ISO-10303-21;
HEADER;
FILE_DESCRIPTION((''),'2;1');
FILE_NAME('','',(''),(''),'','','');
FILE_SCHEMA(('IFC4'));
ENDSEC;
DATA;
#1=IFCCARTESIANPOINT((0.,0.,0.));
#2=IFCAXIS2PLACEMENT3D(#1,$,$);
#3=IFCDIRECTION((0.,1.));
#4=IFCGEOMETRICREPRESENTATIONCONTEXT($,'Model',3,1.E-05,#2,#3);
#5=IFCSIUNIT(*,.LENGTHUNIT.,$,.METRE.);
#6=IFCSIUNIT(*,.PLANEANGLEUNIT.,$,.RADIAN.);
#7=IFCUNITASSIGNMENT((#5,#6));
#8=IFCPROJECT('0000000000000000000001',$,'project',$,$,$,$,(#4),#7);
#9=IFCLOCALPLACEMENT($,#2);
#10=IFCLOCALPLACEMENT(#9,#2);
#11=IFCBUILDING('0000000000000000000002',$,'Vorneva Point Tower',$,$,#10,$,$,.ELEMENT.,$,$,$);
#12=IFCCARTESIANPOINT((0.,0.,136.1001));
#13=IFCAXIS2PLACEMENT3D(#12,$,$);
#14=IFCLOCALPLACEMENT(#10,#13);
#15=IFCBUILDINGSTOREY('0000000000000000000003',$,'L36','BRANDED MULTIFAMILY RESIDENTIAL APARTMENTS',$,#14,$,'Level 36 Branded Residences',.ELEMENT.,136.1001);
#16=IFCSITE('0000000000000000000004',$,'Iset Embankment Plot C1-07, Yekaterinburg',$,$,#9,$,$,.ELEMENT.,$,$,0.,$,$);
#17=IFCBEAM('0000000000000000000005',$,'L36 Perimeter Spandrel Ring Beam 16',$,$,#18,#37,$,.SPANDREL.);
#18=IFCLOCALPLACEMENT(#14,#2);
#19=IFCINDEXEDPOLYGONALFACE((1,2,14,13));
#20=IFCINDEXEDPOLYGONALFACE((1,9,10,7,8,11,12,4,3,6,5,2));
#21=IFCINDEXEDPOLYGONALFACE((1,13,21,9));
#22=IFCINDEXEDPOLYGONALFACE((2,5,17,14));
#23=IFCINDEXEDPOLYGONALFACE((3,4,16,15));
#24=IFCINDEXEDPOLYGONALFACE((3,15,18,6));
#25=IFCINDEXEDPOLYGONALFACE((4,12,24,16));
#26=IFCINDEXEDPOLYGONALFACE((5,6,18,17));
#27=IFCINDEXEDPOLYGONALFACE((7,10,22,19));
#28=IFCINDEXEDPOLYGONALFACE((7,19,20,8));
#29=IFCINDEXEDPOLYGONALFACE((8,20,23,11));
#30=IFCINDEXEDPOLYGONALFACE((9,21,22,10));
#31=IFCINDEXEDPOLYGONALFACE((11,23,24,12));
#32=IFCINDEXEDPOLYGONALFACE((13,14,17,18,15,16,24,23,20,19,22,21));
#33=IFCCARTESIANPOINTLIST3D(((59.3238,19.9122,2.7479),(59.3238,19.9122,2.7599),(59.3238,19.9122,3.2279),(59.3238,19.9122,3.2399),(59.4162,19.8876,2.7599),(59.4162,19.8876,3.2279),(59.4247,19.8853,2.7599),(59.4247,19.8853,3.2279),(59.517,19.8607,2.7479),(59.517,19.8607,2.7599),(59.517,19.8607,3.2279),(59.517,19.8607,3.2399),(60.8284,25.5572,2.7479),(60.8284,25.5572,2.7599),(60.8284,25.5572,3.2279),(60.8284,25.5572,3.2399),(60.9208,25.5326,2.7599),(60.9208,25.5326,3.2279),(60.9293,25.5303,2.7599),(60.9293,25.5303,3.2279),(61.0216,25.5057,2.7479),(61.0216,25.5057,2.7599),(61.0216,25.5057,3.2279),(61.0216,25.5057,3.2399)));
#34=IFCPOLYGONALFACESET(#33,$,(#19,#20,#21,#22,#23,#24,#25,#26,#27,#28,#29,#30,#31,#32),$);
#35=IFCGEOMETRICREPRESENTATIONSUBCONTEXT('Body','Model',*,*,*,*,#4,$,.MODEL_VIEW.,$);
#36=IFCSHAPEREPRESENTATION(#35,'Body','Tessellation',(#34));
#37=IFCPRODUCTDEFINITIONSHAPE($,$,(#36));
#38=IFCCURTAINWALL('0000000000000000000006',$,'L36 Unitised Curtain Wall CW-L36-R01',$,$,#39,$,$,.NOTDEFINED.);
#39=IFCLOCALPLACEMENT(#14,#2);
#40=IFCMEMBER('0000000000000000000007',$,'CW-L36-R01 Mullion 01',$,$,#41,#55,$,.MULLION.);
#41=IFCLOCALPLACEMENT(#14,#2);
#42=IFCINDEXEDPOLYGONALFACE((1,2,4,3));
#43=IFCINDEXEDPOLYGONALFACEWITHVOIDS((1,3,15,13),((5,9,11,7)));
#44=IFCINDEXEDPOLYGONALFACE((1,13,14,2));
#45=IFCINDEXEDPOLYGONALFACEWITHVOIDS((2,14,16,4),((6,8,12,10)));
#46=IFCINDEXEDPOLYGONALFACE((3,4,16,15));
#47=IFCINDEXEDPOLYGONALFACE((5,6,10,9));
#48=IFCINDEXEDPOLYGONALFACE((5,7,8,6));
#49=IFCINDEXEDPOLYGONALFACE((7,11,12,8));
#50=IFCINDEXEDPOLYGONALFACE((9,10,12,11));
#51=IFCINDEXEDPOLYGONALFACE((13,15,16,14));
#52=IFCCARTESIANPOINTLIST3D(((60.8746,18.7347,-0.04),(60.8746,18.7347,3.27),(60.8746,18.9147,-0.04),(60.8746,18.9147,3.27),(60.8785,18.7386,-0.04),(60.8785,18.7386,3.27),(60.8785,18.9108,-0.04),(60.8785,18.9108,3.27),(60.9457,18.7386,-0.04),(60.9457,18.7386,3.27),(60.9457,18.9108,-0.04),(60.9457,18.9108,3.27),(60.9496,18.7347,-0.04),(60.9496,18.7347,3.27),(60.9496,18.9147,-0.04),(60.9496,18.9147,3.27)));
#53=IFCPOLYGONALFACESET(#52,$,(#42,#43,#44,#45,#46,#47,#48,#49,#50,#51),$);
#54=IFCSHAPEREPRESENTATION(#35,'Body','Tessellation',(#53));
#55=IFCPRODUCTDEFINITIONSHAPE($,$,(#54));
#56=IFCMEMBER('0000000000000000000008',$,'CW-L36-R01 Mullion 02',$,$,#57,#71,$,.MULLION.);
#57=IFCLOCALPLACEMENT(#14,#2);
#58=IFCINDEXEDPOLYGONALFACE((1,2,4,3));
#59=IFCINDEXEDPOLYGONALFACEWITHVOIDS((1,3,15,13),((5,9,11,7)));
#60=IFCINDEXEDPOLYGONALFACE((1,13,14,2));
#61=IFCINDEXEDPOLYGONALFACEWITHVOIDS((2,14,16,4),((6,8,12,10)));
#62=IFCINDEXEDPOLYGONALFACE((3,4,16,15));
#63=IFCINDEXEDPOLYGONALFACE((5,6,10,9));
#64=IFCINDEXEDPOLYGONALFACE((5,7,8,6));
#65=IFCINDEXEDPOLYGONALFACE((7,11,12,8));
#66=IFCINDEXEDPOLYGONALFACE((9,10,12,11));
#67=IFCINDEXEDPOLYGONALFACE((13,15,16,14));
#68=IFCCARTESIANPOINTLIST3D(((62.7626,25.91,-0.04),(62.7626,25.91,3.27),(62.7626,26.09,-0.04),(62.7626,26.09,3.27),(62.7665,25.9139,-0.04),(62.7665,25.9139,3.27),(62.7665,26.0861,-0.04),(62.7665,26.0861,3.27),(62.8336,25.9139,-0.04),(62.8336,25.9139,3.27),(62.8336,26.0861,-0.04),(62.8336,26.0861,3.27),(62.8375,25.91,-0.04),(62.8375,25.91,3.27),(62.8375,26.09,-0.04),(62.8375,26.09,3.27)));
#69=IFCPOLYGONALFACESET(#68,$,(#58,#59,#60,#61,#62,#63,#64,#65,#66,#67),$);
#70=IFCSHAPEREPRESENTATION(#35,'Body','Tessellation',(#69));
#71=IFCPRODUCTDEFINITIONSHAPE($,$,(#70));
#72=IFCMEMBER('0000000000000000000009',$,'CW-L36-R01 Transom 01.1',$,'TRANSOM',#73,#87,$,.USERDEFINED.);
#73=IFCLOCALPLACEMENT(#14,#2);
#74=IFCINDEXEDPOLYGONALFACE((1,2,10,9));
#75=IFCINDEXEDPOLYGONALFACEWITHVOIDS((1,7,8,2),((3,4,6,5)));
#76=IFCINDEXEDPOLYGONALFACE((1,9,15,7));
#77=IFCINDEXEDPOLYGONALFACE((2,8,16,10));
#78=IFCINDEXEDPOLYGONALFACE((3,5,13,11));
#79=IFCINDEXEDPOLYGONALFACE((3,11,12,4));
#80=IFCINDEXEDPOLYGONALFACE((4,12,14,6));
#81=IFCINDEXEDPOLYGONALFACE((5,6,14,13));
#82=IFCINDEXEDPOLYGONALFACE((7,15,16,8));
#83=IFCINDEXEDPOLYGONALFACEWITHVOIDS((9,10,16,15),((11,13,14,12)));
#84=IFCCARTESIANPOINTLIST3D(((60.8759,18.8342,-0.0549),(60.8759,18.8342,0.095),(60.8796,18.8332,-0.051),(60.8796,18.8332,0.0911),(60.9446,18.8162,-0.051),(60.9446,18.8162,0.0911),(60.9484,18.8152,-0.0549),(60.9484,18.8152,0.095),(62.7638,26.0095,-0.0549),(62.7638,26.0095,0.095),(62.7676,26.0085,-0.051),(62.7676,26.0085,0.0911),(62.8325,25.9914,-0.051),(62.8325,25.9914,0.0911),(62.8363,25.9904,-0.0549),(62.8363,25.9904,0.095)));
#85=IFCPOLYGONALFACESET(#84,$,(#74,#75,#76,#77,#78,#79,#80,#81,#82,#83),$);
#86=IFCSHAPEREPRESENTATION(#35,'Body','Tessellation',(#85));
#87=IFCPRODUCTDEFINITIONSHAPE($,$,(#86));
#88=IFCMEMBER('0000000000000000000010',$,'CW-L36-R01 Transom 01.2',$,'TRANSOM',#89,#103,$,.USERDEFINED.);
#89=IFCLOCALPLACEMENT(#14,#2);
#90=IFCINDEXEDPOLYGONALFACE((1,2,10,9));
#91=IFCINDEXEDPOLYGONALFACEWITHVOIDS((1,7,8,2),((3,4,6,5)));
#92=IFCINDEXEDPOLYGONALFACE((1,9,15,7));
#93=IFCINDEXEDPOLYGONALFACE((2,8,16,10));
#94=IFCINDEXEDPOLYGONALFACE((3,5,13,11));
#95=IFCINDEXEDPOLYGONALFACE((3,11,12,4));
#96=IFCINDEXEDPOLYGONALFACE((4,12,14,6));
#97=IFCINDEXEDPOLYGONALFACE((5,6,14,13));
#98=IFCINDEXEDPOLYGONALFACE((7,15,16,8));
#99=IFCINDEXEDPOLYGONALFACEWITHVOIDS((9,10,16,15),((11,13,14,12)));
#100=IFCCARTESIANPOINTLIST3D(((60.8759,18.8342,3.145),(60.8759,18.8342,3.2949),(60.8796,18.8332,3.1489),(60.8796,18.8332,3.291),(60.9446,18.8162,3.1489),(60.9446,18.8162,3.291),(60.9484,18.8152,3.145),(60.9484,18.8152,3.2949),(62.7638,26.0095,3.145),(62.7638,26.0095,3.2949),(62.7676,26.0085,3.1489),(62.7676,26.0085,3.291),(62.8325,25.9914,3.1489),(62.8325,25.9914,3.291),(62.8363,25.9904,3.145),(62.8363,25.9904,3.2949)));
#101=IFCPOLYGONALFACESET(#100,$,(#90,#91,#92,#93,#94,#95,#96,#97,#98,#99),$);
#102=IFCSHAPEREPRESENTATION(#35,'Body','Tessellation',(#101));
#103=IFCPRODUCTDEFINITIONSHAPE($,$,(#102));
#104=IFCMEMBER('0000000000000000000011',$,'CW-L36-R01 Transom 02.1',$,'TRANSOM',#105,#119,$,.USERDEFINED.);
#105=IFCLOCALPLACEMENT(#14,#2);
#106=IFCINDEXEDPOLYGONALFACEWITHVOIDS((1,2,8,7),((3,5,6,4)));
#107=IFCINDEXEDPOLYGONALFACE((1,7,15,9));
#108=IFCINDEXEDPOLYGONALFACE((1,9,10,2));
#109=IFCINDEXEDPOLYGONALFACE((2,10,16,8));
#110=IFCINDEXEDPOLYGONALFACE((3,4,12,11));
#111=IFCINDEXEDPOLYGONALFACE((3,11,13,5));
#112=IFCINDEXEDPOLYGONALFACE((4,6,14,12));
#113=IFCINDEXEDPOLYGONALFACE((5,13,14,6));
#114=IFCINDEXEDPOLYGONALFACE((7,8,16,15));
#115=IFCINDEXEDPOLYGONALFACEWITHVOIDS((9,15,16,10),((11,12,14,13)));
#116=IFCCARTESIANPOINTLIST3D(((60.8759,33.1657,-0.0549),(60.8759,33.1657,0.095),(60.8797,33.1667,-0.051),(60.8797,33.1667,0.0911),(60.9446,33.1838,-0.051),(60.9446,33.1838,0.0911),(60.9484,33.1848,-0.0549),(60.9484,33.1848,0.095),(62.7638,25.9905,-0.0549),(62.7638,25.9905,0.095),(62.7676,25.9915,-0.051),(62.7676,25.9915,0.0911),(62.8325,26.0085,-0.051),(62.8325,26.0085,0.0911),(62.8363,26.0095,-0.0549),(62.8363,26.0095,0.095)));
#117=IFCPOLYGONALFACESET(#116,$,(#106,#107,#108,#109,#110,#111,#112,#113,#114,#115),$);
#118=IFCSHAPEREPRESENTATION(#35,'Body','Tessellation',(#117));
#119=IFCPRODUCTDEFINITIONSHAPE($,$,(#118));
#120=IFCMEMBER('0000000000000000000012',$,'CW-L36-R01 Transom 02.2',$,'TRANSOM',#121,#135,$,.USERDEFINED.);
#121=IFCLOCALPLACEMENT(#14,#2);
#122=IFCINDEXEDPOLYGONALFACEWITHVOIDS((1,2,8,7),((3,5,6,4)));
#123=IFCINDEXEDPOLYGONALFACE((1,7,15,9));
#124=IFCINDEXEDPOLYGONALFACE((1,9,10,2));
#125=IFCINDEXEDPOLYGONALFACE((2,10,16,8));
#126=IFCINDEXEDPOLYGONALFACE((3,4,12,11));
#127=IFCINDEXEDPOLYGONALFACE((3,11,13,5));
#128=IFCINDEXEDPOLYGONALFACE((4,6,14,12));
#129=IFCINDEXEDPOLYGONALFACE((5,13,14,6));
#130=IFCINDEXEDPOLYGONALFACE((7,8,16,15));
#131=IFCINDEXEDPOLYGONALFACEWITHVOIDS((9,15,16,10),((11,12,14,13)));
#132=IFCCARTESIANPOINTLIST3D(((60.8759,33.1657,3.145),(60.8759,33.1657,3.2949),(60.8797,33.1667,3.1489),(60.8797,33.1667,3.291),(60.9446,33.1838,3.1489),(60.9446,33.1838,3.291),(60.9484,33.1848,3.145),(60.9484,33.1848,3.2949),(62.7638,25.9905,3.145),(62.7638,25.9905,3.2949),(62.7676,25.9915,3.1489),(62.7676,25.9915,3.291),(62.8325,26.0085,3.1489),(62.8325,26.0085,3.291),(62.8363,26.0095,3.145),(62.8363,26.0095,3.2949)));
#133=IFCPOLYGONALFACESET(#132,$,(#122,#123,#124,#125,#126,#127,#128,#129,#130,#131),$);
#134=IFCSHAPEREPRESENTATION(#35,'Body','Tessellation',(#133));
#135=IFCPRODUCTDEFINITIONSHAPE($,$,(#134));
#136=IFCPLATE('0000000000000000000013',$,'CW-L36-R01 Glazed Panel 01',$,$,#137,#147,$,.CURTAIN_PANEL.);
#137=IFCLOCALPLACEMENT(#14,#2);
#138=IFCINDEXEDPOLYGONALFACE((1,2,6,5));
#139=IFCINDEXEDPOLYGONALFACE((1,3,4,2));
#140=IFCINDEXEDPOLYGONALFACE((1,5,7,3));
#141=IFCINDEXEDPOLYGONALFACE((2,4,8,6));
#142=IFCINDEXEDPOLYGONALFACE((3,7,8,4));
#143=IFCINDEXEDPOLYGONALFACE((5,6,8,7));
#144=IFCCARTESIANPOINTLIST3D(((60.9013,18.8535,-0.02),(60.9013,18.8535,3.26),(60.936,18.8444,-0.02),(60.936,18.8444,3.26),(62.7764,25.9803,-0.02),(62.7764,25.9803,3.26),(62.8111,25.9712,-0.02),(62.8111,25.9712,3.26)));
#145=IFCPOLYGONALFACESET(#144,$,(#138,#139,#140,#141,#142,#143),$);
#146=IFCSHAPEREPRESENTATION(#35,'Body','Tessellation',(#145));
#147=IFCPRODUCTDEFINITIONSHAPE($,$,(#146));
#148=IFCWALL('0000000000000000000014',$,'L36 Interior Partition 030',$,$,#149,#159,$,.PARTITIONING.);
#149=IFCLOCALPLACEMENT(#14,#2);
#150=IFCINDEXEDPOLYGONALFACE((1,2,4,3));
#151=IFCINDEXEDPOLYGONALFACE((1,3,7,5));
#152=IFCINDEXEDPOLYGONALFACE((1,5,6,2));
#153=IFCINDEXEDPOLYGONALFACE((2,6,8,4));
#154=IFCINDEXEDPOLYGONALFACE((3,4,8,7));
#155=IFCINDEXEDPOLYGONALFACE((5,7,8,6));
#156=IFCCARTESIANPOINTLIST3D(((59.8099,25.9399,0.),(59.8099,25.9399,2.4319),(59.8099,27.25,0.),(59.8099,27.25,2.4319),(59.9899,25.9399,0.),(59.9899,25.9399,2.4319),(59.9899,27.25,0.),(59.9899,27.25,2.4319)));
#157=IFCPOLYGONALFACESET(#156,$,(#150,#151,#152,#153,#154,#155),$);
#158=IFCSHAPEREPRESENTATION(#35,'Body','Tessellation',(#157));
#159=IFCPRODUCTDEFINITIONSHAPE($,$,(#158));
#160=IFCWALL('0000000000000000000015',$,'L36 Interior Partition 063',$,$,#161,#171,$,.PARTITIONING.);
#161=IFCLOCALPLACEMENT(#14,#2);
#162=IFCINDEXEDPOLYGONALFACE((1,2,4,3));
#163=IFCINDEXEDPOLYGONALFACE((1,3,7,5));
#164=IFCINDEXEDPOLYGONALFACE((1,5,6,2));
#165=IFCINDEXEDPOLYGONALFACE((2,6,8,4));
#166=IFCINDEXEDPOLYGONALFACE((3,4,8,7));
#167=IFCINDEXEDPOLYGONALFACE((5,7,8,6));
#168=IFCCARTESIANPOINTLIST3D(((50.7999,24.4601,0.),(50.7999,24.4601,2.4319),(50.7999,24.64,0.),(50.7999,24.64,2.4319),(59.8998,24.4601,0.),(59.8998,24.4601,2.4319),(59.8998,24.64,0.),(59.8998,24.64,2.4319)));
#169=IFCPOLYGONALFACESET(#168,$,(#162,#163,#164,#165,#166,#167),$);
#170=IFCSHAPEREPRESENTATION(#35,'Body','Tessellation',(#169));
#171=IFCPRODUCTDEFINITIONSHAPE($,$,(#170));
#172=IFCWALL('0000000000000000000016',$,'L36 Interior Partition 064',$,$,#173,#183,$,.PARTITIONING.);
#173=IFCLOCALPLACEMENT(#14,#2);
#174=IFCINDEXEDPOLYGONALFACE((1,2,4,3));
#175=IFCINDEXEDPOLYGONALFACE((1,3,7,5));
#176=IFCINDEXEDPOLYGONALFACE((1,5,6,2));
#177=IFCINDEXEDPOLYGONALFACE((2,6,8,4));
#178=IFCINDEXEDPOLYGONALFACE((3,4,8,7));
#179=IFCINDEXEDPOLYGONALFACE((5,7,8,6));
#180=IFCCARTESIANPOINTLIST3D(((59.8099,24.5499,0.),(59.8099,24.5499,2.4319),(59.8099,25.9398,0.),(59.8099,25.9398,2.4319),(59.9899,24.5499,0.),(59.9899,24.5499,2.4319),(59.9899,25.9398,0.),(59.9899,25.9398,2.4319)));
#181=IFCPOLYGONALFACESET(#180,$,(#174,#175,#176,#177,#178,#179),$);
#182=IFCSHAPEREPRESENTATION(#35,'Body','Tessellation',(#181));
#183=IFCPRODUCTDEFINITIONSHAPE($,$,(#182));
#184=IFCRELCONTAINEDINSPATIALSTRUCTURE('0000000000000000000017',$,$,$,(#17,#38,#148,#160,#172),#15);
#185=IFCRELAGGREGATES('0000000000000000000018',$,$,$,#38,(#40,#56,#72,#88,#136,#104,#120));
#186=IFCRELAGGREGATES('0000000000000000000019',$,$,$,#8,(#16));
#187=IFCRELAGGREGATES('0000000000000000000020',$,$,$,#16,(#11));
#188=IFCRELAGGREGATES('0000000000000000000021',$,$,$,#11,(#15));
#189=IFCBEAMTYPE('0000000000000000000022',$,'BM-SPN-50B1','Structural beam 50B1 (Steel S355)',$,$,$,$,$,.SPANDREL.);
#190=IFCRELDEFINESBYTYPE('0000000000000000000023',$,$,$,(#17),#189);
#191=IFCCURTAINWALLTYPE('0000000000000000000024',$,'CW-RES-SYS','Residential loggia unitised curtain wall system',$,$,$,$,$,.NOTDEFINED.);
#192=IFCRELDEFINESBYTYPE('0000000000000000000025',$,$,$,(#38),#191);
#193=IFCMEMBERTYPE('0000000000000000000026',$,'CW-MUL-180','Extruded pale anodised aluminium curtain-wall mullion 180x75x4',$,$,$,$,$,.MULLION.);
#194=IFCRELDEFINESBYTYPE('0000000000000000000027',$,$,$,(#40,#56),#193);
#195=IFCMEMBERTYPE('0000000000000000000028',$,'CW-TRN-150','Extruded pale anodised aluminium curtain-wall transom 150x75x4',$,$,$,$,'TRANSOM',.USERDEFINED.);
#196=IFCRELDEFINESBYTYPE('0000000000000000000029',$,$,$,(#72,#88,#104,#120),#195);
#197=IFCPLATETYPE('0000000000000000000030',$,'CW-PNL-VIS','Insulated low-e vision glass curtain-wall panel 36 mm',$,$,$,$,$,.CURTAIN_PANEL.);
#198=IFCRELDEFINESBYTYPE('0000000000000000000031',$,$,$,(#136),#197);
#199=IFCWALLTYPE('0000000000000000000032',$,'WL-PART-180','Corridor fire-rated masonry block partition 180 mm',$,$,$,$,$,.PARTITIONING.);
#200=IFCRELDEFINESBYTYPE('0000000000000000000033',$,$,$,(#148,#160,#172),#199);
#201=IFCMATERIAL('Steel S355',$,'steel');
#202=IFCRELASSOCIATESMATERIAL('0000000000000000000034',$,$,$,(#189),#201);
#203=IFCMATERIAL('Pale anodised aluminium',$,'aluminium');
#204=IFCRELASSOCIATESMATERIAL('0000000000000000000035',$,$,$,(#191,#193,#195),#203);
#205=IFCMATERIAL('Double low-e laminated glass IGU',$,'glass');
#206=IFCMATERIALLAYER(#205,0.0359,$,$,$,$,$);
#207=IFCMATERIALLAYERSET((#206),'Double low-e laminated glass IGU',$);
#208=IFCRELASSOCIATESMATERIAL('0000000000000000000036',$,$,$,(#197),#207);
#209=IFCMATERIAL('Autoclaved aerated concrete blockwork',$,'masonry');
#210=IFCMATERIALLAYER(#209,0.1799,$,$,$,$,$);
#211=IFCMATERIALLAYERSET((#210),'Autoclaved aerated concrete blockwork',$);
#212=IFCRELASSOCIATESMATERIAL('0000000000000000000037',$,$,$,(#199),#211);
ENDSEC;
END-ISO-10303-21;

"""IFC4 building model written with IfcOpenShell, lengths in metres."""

from ifc_helpers import new_model, si_unit, direction, frame, frame_2d, origin, origin_2d, place, context, subcontext, project, spatial, rectangle, hollow_rectangle, i_section, extrude, material, layer, layer_set, material_profile, profile_set, type_object, element, aggregate, save


model = new_model("IFC4")

# Units and contexts
model_context = context("Model", 3, precision=1e-05, world=origin(), true_north=direction((0.0, 1.0)))
body_context = subcontext(model_context, "Body", "Model", "MODEL_VIEW")
ifc_project = project(units=[si_unit("LENGTHUNIT", "METRE"), si_unit("PLANEANGLEUNIT", "RADIAN")], contexts=[model_context])

# Site, building, storey
site_placement = place(None, origin())
site = spatial("IfcSite", under=ifc_project, at=site_placement, Name="Iset Embankment Plot C1-07, Yekaterinburg", CompositionType="ELEMENT", RefElevation=0.0)
building_placement = place(site_placement, origin())
building = spatial("IfcBuilding", under=site, at=building_placement, Name="Vorneva Point Tower", CompositionType="ELEMENT")
storey_placement = place(building_placement, frame((0.0, 0.0, 136.1001)))
storey = spatial("IfcBuildingStorey", under=building, at=storey_placement, Name="L36", Description="BRANDED MULTIFAMILY RESIDENTIAL APARTMENTS", LongName="Level 36 Branded Residences", CompositionType="ELEMENT", Elevation=136.1001)

# Beam
ifc_material_1 = material(Name="Steel S355", Category="steel")
ifc_material_profile_1 = material_profile(ifc_material_1, i_section(OverallWidth=0.2, OverallDepth=0.4919, WebThickness=0.0088, FlangeThickness=0.012, at=origin_2d()), Name="50B1")
ifc_profile_set_1 = profile_set([ifc_material_profile_1], Name="Steel S355")
beam_type_1 = type_object("IfcBeamType", Name="BM-SPN-50B1", Description="Structural beam 50B1 (Steel S355)", PredefinedType="SPANDREL", material=ifc_profile_set_1)
beam_1_placement = place(storey_placement, frame((59.4204, 19.8865, 2.9939), z_axis=(0.257551, 0.966265, 0.0), x_axis=(-0.966265, 0.257551, 0.0)))
element("IfcBeam", 1, at=beam_1_placement, inside=storey, type_object=beam_type_1, Name="L36 Perimeter Spandrel Ring Beam 16", PredefinedType="SPANDREL", context=body_context, shape_type="SweptSolid", body=[
    extrude(i_section(OverallWidth=0.2, OverallDepth=0.4919, WebThickness=0.0088, FlangeThickness=0.012, at=origin_2d()), origin(), (0.0, 0.0, 1.0), 5.842),
])

# Curtain wall, members, plate
ifc_material_2 = material(Name="Pale anodised aluminium", Category="aluminium")
curtain_wall_type = type_object("IfcCurtainWallType", Name="CW-RES-SYS", Description="Residential loggia unitised curtain wall system", PredefinedType="NOTDEFINED", material=ifc_material_2)
curtain_wall_placement = place(storey_placement, origin())
curtain_wall = element("IfcCurtainWall", 2, at=curtain_wall_placement, inside=storey, type_object=curtain_wall_type, Name="L36 Unitised Curtain Wall CW-L36-R01", PredefinedType="NOTDEFINED")
ifc_material_profile_2 = material_profile(ifc_material_2, hollow_rectangle(XDim=0.075, YDim=0.1799, WallThickness=0.0039, at=origin_2d()), Name="AL-MUL 180x75x4")
ifc_profile_set_2 = profile_set([ifc_material_profile_2], Name="Pale anodised aluminium")
member_type_1 = type_object("IfcMemberType", Name="CW-MUL-180", Description="Extruded pale anodised aluminium curtain-wall mullion 180x75x4", PredefinedType="MULLION", material=ifc_profile_set_2)
member_1_placement = place(storey_placement, frame((60.9121, 18.8247, -0.04), z_axis=(0.0, 0.0, 1.0), x_axis=(1.0, 0.0, 0.0)))
member_1 = element("IfcMember", 3, at=member_1_placement, type_object=member_type_1, Name="CW-L36-R01 Mullion 01", PredefinedType="MULLION", context=body_context, shape_type="SweptSolid", body=[
    extrude(hollow_rectangle(XDim=0.075, YDim=0.1799, WallThickness=0.0039, at=origin_2d()), origin(), (0.0, 0.0, 1.0), 3.3101),
])
member_2_placement = place(storey_placement, frame((62.8, 26.0, -0.04), z_axis=(0.0, 0.0, 1.0), x_axis=(1.0, 0.0, 0.0)))
member_2 = element("IfcMember", 4, at=member_2_placement, type_object=member_type_1, Name="CW-L36-R01 Mullion 02", PredefinedType="MULLION", context=body_context, shape_type="SweptSolid", body=[
    extrude(hollow_rectangle(XDim=0.075, YDim=0.1799, WallThickness=0.0039, at=origin_2d()), origin(), (0.0, 0.0, 1.0), 3.3101),
])
ifc_material_profile_3 = material_profile(ifc_material_2, hollow_rectangle(XDim=0.075, YDim=0.1499, WallThickness=0.0039, at=origin_2d()), Name="AL-TRN 150x75x4")
ifc_profile_set_3 = profile_set([ifc_material_profile_3], Name="Pale anodised aluminium")
member_type_2 = type_object("IfcMemberType", Name="CW-TRN-150", Description="Extruded pale anodised aluminium curtain-wall transom 150x75x4", ElementType="TRANSOM", PredefinedType="USERDEFINED", material=ifc_profile_set_3)
member_3_placement = place(storey_placement, frame((60.9121, 18.8247, 0.02), z_axis=(0.254456, 0.967084, 0.0), x_axis=(-0.967084, 0.254456, 0.0)))
member_3 = element("IfcMember", 5, at=member_3_placement, type_object=member_type_2, Name="CW-L36-R01 Transom 01.1", ObjectType="TRANSOM", PredefinedType="USERDEFINED", context=body_context, shape_type="SweptSolid", body=[
    extrude(hollow_rectangle(XDim=0.075, YDim=0.1499, WallThickness=0.0039, at=origin_2d()), origin(), (0.0, 0.0, 1.0), 7.4194),
])
member_4_placement = place(storey_placement, frame((60.9121, 18.8247, 3.22), z_axis=(0.254456, 0.967084, 0.0), x_axis=(-0.967084, 0.254456, 0.0)))
member_4 = element("IfcMember", 6, at=member_4_placement, type_object=member_type_2, Name="CW-L36-R01 Transom 01.2", ObjectType="TRANSOM", PredefinedType="USERDEFINED", context=body_context, shape_type="SweptSolid", body=[
    extrude(hollow_rectangle(XDim=0.075, YDim=0.1499, WallThickness=0.0039, at=origin_2d()), origin(), (0.0, 0.0, 1.0), 7.4194),
])
member_5_placement = place(storey_placement, frame((62.8, 26.0, 0.02), z_axis=(-0.254456, 0.967084, 0.0), x_axis=(-0.967084, -0.254456, 0.0)))
member_5 = element("IfcMember", 7, at=member_5_placement, type_object=member_type_2, Name="CW-L36-R01 Transom 02.1", ObjectType="TRANSOM", PredefinedType="USERDEFINED", context=body_context, shape_type="SweptSolid", body=[
    extrude(hollow_rectangle(XDim=0.075, YDim=0.1499, WallThickness=0.0039, at=origin_2d()), origin(), (0.0, 0.0, 1.0), 7.4194),
])
member_6_placement = place(storey_placement, frame((62.8, 26.0, 3.22), z_axis=(-0.254456, 0.967084, 0.0), x_axis=(-0.967084, -0.254456, 0.0)))
member_6 = element("IfcMember", 8, at=member_6_placement, type_object=member_type_2, Name="CW-L36-R01 Transom 02.2", ObjectType="TRANSOM", PredefinedType="USERDEFINED", context=body_context, shape_type="SweptSolid", body=[
    extrude(hollow_rectangle(XDim=0.075, YDim=0.1499, WallThickness=0.0039, at=origin_2d()), origin(), (0.0, 0.0, 1.0), 7.4194),
])
ifc_material_3 = material(Name="Double low-e laminated glass IGU", Category="glass")
ifc_layer_1 = layer(ifc_material_3, 0.0359)
ifc_layer_set_1 = layer_set([ifc_layer_1], Name="Double low-e laminated glass IGU")
plate_type = type_object("IfcPlateType", Name="CW-PNL-VIS", Description="Insulated low-e vision glass curtain-wall panel 36 mm", PredefinedType="CURTAIN_PANEL", material=ifc_layer_set_1)
plate_placement = place(storey_placement, frame((61.8562, 22.4124, -0.02), z_axis=(0.0, 0.0, 1.0), x_axis=(0.254433, 0.96709, 0.0)))
plate = element("IfcPlate", 9, at=plate_placement, type_object=plate_type, Name="CW-L36-R01 Glazed Panel 01", PredefinedType="CURTAIN_PANEL", context=body_context, shape_type="SweptSolid", body=[
    extrude(rectangle(XDim=7.3694, YDim=0.0359, at=origin_2d()), origin(), (0.0, 0.0, 1.0), 3.28),
])
aggregate(curtain_wall, [member_1, member_2, member_3, member_4, plate, member_5, member_6])

# Shared definitions
ifc_material_4 = material(Name="Autoclaved aerated concrete blockwork", Category="masonry")
ifc_layer_2 = layer(ifc_material_4, 0.1799)
ifc_layer_set_2 = layer_set([ifc_layer_2], Name="Autoclaved aerated concrete blockwork")
wall_type_1 = type_object("IfcWallType", Name="WL-PART-180", Description="Corridor fire-rated masonry block partition 180 mm", PredefinedType="PARTITIONING", material=ifc_layer_set_2)

# Walls
wall_1_placement = place(storey_placement, frame((59.8999, 25.9399, 0.0), z_axis=(0.0, 0.0, 1.0), x_axis=(0.0, 1.0, 0.0)))
element("IfcWall", 10, at=wall_1_placement, inside=storey, type_object=wall_type_1, Name="L36 Interior Partition 030", PredefinedType="PARTITIONING", context=body_context, shape_type="SweptSolid", body=[
    extrude(rectangle(XDim=1.3101, YDim=0.1799, at=frame_2d((0.655, 0.0))), origin(), (0.0, 0.0, 1.0), 2.4319),
])
wall_2_placement = place(storey_placement, frame((50.8, 24.55, 0.0), z_axis=(0.0, 0.0, 1.0), x_axis=(1.0, 0.0, 0.0)))
element("IfcWall", 11, at=wall_2_placement, inside=storey, type_object=wall_type_1, Name="L36 Interior Partition 063", PredefinedType="PARTITIONING", context=body_context, shape_type="SweptSolid", body=[
    extrude(rectangle(XDim=9.0999, YDim=0.1799, at=frame_2d((4.5498, 0.0))), origin(), (0.0, 0.0, 1.0), 2.4319),
])
wall_3_placement = place(storey_placement, frame((59.8999, 24.55, 0.0), z_axis=(0.0, 0.0, 1.0), x_axis=(0.0, 1.0, 0.0)))
element("IfcWall", 12, at=wall_3_placement, inside=storey, type_object=wall_type_1, Name="L36 Interior Partition 064", PredefinedType="PARTITIONING", context=body_context, shape_type="SweptSolid", body=[
    extrude(rectangle(XDim=1.3899, YDim=0.1799, at=frame_2d((0.6948, 0.0))), origin(), (0.0, 0.0, 1.0), 2.4319),
])

save(model, "model.ifc")
